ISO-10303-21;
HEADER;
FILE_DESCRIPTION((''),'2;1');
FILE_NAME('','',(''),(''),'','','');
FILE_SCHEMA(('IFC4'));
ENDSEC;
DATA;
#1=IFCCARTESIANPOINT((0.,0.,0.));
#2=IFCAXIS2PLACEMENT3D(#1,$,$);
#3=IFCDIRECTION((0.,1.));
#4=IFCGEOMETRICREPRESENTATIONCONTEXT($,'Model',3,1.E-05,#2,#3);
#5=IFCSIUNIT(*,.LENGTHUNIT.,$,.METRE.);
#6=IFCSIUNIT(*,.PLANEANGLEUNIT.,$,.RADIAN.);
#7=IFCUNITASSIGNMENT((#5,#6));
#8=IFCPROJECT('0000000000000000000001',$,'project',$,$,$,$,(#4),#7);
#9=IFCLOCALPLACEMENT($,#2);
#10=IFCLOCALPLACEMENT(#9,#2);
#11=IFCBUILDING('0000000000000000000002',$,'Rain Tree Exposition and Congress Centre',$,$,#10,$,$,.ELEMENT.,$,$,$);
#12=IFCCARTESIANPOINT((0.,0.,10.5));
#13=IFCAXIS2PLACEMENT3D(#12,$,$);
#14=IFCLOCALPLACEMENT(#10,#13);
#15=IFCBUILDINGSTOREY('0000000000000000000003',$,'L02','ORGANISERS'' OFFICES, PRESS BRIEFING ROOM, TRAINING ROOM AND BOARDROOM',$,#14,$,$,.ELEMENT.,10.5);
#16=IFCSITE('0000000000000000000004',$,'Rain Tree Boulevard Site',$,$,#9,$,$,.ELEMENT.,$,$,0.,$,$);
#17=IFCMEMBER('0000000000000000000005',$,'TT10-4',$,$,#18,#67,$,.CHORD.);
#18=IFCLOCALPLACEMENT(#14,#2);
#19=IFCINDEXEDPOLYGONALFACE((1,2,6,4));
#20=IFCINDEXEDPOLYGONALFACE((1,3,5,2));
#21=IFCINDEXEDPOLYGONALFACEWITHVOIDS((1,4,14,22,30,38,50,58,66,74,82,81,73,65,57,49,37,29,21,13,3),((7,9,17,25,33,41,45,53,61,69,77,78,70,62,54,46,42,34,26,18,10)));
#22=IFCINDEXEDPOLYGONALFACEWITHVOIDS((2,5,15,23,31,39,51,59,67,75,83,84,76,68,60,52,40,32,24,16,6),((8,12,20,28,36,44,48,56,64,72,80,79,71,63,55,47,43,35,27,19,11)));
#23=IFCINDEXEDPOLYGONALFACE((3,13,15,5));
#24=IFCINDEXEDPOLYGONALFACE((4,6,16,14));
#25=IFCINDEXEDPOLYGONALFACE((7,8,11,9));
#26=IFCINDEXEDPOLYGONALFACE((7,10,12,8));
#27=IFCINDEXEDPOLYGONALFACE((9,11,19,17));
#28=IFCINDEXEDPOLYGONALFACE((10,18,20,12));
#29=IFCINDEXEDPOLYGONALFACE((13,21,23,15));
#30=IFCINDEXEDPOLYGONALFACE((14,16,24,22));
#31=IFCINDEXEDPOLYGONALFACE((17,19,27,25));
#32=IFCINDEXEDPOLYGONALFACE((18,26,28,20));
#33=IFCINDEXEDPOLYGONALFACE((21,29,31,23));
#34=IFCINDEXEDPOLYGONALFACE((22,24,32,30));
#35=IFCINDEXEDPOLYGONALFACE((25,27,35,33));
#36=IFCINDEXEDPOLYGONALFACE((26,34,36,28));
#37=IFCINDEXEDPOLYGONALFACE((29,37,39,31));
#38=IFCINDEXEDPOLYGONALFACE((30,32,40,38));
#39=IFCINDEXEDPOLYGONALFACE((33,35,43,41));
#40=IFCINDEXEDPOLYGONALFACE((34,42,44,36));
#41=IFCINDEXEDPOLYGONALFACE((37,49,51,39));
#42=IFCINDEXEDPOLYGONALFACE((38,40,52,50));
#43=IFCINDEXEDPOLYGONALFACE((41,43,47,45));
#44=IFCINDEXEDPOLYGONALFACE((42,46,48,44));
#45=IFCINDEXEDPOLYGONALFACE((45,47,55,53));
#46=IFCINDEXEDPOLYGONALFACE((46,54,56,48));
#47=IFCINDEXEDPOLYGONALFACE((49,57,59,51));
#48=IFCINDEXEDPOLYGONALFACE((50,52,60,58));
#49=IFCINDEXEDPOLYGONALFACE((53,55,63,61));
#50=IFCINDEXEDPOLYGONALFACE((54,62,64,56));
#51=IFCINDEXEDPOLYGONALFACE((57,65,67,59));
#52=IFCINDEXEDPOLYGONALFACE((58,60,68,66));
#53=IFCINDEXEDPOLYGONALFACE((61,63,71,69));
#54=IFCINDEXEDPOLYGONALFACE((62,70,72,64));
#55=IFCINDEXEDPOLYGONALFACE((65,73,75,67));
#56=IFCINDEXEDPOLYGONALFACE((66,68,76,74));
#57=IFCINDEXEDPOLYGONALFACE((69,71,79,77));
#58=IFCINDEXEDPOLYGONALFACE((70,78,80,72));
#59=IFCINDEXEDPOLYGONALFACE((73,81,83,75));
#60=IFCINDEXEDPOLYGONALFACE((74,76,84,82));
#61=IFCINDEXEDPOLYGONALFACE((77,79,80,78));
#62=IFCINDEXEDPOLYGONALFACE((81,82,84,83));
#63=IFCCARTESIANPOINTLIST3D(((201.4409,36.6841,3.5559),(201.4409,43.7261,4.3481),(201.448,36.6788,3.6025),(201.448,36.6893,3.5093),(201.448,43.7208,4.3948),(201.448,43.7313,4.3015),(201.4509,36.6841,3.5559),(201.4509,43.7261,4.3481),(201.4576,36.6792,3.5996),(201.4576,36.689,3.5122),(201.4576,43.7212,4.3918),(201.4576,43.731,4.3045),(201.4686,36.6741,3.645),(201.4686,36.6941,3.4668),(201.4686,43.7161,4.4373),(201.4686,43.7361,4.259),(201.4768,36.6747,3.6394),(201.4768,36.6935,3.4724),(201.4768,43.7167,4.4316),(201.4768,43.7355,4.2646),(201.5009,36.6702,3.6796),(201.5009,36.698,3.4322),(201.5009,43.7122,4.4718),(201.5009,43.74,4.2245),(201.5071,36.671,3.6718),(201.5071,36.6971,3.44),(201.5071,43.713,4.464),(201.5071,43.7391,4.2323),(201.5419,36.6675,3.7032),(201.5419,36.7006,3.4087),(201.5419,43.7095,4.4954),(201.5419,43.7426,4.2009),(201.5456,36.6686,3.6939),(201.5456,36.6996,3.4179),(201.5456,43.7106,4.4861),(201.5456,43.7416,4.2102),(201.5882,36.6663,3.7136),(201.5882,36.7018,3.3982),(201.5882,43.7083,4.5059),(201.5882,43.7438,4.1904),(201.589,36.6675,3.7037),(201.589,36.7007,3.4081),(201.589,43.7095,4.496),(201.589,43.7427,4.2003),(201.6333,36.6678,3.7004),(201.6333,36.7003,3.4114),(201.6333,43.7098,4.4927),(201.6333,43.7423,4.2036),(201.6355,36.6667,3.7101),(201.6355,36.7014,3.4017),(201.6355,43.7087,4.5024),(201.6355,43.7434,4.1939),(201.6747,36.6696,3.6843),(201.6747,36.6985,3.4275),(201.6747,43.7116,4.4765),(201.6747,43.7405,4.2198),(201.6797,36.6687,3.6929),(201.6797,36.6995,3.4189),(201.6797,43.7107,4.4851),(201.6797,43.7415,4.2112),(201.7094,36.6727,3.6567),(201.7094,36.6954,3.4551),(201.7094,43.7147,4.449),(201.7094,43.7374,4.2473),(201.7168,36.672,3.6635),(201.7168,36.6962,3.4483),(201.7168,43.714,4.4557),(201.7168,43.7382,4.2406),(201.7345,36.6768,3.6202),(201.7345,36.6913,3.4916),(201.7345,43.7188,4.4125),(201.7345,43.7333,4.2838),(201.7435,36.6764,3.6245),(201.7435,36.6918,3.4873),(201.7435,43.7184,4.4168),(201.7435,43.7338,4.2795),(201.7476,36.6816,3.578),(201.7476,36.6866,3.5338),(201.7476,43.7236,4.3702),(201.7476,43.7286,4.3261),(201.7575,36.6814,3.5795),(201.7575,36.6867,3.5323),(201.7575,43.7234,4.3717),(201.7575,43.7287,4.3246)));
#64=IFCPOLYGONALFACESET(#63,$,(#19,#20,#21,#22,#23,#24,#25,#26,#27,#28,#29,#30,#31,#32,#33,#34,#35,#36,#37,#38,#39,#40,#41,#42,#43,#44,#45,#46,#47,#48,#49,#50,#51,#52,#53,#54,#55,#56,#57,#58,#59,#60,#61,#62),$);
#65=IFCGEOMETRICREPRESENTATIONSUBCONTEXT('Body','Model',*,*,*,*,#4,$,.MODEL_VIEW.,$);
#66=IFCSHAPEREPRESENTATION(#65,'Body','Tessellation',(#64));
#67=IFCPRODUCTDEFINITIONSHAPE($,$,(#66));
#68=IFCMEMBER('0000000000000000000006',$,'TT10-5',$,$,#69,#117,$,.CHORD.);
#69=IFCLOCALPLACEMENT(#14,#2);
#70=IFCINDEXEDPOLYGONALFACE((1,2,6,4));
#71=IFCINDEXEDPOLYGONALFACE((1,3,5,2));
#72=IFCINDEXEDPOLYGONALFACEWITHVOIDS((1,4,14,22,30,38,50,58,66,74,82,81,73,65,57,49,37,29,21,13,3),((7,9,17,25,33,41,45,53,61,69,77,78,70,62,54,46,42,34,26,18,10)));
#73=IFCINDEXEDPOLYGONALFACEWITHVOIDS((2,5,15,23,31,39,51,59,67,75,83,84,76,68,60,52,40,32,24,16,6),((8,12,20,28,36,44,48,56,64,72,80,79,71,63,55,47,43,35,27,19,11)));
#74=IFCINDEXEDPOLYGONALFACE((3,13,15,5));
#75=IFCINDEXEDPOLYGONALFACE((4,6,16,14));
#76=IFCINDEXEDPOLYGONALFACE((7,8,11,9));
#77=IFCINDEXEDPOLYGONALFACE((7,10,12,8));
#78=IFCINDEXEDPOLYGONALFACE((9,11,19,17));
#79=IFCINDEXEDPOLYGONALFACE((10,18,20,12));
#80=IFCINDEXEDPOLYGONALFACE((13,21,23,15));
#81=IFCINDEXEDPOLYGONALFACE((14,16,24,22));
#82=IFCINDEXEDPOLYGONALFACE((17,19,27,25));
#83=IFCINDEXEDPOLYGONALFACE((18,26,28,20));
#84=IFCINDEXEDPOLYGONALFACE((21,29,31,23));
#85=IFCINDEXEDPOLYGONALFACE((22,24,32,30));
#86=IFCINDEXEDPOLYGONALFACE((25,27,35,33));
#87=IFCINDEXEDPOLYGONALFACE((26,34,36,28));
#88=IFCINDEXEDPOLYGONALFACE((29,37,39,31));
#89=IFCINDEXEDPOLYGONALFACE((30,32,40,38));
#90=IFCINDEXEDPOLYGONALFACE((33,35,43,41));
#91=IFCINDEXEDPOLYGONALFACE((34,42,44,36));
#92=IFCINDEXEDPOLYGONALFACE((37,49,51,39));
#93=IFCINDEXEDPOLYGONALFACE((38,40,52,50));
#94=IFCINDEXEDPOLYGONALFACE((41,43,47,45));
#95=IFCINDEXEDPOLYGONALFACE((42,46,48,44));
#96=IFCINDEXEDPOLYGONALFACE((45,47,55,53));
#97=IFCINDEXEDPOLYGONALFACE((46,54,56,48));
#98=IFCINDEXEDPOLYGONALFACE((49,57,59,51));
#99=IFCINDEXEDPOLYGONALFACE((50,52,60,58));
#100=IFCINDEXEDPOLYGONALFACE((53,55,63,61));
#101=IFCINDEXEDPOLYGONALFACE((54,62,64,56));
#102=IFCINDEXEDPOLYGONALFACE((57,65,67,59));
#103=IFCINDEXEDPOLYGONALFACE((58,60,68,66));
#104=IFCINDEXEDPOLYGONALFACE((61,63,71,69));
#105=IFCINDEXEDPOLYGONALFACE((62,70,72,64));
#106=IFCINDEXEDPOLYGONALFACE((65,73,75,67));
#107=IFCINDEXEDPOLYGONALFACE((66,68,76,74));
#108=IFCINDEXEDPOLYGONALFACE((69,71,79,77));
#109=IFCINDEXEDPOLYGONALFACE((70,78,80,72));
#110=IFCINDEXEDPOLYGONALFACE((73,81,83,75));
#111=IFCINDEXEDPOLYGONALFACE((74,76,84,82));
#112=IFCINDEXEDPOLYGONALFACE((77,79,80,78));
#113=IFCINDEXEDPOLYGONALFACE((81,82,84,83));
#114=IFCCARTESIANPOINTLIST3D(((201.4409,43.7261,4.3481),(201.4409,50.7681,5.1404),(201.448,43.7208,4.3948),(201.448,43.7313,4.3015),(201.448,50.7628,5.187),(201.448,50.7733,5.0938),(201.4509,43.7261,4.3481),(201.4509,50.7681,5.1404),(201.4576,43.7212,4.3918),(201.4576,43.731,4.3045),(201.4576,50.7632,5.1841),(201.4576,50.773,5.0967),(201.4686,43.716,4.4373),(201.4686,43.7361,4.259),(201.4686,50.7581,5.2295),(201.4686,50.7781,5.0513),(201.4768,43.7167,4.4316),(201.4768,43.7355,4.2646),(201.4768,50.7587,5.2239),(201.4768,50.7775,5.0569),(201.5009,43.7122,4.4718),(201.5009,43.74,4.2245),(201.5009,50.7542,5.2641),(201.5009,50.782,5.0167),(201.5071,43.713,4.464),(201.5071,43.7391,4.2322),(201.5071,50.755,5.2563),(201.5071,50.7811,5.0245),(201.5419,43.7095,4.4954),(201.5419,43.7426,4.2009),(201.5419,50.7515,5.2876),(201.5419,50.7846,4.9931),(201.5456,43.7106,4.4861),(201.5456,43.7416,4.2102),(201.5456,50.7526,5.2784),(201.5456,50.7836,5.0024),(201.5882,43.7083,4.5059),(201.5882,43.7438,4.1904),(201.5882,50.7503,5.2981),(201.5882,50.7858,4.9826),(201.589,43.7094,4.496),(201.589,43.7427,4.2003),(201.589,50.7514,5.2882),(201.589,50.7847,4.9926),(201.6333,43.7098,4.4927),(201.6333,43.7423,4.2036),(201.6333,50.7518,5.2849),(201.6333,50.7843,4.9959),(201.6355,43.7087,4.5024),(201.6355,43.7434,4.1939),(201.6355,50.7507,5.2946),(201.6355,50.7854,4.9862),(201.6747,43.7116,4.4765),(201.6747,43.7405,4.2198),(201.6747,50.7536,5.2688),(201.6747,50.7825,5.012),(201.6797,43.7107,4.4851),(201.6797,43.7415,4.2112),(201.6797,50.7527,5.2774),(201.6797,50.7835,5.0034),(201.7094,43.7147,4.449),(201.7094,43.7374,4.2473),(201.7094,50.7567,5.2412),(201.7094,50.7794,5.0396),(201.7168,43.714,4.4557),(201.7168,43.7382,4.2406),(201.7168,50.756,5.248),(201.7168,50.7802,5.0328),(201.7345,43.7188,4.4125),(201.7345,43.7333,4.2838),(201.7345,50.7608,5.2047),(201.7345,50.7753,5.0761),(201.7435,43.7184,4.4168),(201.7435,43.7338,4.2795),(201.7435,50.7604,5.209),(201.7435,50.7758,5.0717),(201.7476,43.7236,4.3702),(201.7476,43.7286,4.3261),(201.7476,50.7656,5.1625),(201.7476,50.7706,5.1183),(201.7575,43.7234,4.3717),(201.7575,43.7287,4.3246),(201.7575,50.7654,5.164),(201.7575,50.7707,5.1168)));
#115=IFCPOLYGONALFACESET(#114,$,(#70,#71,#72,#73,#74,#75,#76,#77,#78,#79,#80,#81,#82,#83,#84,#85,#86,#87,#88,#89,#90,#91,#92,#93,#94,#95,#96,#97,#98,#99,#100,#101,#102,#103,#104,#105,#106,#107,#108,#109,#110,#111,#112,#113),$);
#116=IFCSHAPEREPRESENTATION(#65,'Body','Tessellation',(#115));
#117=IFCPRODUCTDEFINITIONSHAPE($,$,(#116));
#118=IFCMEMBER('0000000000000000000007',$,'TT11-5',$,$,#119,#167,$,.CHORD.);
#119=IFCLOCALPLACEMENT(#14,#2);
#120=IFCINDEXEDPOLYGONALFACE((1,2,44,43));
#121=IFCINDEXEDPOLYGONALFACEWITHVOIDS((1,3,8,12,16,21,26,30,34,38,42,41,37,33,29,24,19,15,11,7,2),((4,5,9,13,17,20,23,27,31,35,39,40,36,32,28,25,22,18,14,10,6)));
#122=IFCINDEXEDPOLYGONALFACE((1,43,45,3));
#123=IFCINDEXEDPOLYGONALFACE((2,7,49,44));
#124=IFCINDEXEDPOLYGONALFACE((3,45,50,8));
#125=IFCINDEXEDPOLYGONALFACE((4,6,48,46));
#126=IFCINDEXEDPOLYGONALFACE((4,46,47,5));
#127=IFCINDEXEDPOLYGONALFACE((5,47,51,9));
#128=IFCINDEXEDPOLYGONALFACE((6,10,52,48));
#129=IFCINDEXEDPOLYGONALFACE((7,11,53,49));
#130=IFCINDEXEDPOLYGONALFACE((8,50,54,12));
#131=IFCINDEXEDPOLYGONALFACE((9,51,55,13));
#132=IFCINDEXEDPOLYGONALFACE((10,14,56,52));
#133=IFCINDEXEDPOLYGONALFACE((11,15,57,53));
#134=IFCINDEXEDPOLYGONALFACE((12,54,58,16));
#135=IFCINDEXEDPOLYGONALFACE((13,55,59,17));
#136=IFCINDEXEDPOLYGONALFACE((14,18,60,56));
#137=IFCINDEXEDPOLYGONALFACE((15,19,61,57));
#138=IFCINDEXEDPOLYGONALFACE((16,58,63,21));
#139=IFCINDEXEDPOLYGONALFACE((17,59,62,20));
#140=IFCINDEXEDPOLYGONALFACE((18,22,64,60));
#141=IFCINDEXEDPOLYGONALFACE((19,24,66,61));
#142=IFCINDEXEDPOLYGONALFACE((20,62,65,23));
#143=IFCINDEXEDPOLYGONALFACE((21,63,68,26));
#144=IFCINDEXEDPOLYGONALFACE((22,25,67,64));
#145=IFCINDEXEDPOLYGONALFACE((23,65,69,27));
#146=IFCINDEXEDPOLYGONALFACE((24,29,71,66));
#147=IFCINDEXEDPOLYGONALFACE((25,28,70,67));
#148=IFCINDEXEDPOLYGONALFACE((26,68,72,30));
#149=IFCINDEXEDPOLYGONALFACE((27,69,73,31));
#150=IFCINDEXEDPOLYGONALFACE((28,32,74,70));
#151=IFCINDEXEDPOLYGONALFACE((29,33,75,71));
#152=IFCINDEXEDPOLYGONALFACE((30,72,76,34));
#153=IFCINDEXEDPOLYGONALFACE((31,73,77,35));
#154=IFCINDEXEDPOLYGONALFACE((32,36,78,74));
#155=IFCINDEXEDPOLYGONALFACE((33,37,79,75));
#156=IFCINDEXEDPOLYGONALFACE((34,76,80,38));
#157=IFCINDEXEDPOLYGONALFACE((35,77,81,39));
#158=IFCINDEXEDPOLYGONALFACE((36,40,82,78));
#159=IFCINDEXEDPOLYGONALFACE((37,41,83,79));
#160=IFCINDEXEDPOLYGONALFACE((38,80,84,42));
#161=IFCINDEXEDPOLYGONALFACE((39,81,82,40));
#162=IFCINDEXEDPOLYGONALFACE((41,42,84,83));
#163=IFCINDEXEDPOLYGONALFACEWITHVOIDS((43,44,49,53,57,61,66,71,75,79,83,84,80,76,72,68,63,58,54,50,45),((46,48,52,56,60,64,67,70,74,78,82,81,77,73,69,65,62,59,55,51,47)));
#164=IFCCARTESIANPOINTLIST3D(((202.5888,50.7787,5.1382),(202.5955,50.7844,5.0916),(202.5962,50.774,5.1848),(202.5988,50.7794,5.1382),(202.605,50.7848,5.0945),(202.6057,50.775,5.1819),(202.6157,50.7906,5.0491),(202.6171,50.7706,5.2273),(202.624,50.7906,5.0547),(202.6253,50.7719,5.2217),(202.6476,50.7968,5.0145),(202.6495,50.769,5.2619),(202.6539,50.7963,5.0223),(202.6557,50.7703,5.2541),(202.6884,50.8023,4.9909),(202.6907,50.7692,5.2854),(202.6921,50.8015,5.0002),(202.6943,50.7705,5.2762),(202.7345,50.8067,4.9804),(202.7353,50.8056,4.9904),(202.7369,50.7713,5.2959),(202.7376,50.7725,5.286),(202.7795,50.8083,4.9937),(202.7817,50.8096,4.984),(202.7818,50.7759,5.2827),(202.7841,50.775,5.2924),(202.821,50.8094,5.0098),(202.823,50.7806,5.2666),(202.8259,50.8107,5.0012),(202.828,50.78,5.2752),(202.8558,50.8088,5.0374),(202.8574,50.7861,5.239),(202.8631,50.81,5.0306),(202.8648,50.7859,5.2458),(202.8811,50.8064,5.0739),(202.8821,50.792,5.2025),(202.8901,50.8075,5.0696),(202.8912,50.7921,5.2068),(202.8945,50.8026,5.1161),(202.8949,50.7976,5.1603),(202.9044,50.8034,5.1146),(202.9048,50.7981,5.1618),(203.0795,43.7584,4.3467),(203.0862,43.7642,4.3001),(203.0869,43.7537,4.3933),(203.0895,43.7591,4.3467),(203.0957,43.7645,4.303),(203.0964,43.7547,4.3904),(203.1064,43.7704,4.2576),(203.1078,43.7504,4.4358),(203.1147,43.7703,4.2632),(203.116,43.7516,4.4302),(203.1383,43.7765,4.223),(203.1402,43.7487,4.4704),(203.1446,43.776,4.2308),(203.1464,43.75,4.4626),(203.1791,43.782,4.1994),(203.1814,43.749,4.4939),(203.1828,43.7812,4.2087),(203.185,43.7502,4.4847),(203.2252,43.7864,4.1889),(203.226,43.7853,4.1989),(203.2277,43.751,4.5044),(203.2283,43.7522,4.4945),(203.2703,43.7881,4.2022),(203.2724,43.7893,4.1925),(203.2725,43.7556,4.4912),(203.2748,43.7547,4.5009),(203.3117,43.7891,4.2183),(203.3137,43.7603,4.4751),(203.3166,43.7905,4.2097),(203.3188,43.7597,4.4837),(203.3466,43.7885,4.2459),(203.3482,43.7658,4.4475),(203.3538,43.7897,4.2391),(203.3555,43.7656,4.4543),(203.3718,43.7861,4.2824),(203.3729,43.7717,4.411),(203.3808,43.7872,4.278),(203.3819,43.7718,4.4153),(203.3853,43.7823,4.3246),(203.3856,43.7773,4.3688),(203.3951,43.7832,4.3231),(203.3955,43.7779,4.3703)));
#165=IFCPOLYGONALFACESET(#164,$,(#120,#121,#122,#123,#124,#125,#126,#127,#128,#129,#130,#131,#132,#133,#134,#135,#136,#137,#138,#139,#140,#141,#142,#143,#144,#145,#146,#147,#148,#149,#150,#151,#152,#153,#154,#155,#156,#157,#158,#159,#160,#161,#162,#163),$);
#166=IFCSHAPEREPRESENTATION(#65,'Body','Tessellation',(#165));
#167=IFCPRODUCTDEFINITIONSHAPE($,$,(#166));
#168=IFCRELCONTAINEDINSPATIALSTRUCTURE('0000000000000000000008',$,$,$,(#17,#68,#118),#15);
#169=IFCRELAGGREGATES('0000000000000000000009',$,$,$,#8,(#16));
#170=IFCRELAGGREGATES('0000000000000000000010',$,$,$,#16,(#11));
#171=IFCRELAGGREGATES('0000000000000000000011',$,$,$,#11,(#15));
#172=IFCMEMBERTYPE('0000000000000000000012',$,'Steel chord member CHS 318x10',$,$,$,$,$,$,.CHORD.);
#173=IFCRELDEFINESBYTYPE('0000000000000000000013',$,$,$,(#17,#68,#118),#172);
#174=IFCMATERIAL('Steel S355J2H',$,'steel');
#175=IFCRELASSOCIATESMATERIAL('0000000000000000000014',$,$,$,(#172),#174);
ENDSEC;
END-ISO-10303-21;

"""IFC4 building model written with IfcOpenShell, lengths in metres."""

from ifc_helpers import new_model, si_unit, direction, frame, origin, origin_2d, place, context, subcontext, project, spatial, hollow_circle, extrude, material, material_profile, profile_set, type_object, element, save


model = new_model("IFC4")

# Units and contexts
model_context = context("Model", 3, precision=1e-05, world=origin(), true_north=direction((0.0, 1.0)))
body_context = subcontext(model_context, "Body", "Model", "MODEL_VIEW")
ifc_project = project(units=[si_unit("LENGTHUNIT", "METRE"), si_unit("PLANEANGLEUNIT", "RADIAN")], contexts=[model_context])

# Site, building, storey
site_placement = place(None, origin())
site = spatial("IfcSite", under=ifc_project, at=site_placement, Name="Rain Tree Boulevard Site", CompositionType="ELEMENT", RefElevation=0.0)
building_placement = place(site_placement, origin())
building = spatial("IfcBuilding", under=site, at=building_placement, Name="Rain Tree Exposition and Congress Centre", CompositionType="ELEMENT")
storey_placement = place(building_placement, frame((0.0, 0.0, 10.5)))
storey = spatial("IfcBuildingStorey", under=building, at=storey_placement, Name="L02", Description="ORGANISERS' OFFICES, PRESS BRIEFING ROOM, TRAINING ROOM AND BOARDROOM", CompositionType="ELEMENT", Elevation=10.5)

# Members
ifc_material_1 = material(Name="Steel S355J2H", Category="steel")
ifc_material_profile_1 = material_profile(ifc_material_1, hollow_circle(Radius=0.1592, WallThickness=0.01, at=origin_2d()), Name="CHS 318x10")
ifc_profile_set_1 = profile_set([ifc_material_profile_1], Name="Steel S355J2H")
member_type_1 = type_object("IfcMemberType", Name="Steel chord member CHS 318x10", PredefinedType="CHORD", material=ifc_profile_set_1)
for number, where, z_axis, x_axis, name in (
    (1, (201.6001, 36.6841, 3.5559), (0.0, 0.993731, 0.111796), (-1.0, 0.0, 0.0), "TT10-4"),
    (2, (201.6001, 43.7261, 4.3481), (0.0, 0.993731, 0.111796), (-1.0, 0.0, 0.0), "TT10-5"),
):
    element("IfcMember", number, at=place(storey_placement, frame(where, z_axis=z_axis, x_axis=x_axis)), inside=storey, type_object=member_type_1, Name=name, PredefinedType="CHORD", context=body_context, shape_type="SweptSolid", body=[
        extrude(hollow_circle(Radius=0.1592, WallThickness=0.01, at=origin_2d()), origin(), (0.0, 0.0, 1.0), 7.0864),
    ])
member_1_placement = place(storey_placement, frame((203.2383, 43.7695, 4.3467), z_axis=(-0.069294, 0.991316, 0.111766), x_axis=(-0.997566, -0.069731, 0.0)))
element("IfcMember", 3, at=member_1_placement, inside=storey, type_object=member_type_1, Name="TT11-5", PredefinedType="CHORD", context=body_context, shape_type="SweptSolid", body=[
    extrude(hollow_circle(Radius=0.1592, WallThickness=0.01, at=origin_2d()), origin(), (0.0, 0.0, 1.0), 7.0818),
])

save(model, "model.ifc")
